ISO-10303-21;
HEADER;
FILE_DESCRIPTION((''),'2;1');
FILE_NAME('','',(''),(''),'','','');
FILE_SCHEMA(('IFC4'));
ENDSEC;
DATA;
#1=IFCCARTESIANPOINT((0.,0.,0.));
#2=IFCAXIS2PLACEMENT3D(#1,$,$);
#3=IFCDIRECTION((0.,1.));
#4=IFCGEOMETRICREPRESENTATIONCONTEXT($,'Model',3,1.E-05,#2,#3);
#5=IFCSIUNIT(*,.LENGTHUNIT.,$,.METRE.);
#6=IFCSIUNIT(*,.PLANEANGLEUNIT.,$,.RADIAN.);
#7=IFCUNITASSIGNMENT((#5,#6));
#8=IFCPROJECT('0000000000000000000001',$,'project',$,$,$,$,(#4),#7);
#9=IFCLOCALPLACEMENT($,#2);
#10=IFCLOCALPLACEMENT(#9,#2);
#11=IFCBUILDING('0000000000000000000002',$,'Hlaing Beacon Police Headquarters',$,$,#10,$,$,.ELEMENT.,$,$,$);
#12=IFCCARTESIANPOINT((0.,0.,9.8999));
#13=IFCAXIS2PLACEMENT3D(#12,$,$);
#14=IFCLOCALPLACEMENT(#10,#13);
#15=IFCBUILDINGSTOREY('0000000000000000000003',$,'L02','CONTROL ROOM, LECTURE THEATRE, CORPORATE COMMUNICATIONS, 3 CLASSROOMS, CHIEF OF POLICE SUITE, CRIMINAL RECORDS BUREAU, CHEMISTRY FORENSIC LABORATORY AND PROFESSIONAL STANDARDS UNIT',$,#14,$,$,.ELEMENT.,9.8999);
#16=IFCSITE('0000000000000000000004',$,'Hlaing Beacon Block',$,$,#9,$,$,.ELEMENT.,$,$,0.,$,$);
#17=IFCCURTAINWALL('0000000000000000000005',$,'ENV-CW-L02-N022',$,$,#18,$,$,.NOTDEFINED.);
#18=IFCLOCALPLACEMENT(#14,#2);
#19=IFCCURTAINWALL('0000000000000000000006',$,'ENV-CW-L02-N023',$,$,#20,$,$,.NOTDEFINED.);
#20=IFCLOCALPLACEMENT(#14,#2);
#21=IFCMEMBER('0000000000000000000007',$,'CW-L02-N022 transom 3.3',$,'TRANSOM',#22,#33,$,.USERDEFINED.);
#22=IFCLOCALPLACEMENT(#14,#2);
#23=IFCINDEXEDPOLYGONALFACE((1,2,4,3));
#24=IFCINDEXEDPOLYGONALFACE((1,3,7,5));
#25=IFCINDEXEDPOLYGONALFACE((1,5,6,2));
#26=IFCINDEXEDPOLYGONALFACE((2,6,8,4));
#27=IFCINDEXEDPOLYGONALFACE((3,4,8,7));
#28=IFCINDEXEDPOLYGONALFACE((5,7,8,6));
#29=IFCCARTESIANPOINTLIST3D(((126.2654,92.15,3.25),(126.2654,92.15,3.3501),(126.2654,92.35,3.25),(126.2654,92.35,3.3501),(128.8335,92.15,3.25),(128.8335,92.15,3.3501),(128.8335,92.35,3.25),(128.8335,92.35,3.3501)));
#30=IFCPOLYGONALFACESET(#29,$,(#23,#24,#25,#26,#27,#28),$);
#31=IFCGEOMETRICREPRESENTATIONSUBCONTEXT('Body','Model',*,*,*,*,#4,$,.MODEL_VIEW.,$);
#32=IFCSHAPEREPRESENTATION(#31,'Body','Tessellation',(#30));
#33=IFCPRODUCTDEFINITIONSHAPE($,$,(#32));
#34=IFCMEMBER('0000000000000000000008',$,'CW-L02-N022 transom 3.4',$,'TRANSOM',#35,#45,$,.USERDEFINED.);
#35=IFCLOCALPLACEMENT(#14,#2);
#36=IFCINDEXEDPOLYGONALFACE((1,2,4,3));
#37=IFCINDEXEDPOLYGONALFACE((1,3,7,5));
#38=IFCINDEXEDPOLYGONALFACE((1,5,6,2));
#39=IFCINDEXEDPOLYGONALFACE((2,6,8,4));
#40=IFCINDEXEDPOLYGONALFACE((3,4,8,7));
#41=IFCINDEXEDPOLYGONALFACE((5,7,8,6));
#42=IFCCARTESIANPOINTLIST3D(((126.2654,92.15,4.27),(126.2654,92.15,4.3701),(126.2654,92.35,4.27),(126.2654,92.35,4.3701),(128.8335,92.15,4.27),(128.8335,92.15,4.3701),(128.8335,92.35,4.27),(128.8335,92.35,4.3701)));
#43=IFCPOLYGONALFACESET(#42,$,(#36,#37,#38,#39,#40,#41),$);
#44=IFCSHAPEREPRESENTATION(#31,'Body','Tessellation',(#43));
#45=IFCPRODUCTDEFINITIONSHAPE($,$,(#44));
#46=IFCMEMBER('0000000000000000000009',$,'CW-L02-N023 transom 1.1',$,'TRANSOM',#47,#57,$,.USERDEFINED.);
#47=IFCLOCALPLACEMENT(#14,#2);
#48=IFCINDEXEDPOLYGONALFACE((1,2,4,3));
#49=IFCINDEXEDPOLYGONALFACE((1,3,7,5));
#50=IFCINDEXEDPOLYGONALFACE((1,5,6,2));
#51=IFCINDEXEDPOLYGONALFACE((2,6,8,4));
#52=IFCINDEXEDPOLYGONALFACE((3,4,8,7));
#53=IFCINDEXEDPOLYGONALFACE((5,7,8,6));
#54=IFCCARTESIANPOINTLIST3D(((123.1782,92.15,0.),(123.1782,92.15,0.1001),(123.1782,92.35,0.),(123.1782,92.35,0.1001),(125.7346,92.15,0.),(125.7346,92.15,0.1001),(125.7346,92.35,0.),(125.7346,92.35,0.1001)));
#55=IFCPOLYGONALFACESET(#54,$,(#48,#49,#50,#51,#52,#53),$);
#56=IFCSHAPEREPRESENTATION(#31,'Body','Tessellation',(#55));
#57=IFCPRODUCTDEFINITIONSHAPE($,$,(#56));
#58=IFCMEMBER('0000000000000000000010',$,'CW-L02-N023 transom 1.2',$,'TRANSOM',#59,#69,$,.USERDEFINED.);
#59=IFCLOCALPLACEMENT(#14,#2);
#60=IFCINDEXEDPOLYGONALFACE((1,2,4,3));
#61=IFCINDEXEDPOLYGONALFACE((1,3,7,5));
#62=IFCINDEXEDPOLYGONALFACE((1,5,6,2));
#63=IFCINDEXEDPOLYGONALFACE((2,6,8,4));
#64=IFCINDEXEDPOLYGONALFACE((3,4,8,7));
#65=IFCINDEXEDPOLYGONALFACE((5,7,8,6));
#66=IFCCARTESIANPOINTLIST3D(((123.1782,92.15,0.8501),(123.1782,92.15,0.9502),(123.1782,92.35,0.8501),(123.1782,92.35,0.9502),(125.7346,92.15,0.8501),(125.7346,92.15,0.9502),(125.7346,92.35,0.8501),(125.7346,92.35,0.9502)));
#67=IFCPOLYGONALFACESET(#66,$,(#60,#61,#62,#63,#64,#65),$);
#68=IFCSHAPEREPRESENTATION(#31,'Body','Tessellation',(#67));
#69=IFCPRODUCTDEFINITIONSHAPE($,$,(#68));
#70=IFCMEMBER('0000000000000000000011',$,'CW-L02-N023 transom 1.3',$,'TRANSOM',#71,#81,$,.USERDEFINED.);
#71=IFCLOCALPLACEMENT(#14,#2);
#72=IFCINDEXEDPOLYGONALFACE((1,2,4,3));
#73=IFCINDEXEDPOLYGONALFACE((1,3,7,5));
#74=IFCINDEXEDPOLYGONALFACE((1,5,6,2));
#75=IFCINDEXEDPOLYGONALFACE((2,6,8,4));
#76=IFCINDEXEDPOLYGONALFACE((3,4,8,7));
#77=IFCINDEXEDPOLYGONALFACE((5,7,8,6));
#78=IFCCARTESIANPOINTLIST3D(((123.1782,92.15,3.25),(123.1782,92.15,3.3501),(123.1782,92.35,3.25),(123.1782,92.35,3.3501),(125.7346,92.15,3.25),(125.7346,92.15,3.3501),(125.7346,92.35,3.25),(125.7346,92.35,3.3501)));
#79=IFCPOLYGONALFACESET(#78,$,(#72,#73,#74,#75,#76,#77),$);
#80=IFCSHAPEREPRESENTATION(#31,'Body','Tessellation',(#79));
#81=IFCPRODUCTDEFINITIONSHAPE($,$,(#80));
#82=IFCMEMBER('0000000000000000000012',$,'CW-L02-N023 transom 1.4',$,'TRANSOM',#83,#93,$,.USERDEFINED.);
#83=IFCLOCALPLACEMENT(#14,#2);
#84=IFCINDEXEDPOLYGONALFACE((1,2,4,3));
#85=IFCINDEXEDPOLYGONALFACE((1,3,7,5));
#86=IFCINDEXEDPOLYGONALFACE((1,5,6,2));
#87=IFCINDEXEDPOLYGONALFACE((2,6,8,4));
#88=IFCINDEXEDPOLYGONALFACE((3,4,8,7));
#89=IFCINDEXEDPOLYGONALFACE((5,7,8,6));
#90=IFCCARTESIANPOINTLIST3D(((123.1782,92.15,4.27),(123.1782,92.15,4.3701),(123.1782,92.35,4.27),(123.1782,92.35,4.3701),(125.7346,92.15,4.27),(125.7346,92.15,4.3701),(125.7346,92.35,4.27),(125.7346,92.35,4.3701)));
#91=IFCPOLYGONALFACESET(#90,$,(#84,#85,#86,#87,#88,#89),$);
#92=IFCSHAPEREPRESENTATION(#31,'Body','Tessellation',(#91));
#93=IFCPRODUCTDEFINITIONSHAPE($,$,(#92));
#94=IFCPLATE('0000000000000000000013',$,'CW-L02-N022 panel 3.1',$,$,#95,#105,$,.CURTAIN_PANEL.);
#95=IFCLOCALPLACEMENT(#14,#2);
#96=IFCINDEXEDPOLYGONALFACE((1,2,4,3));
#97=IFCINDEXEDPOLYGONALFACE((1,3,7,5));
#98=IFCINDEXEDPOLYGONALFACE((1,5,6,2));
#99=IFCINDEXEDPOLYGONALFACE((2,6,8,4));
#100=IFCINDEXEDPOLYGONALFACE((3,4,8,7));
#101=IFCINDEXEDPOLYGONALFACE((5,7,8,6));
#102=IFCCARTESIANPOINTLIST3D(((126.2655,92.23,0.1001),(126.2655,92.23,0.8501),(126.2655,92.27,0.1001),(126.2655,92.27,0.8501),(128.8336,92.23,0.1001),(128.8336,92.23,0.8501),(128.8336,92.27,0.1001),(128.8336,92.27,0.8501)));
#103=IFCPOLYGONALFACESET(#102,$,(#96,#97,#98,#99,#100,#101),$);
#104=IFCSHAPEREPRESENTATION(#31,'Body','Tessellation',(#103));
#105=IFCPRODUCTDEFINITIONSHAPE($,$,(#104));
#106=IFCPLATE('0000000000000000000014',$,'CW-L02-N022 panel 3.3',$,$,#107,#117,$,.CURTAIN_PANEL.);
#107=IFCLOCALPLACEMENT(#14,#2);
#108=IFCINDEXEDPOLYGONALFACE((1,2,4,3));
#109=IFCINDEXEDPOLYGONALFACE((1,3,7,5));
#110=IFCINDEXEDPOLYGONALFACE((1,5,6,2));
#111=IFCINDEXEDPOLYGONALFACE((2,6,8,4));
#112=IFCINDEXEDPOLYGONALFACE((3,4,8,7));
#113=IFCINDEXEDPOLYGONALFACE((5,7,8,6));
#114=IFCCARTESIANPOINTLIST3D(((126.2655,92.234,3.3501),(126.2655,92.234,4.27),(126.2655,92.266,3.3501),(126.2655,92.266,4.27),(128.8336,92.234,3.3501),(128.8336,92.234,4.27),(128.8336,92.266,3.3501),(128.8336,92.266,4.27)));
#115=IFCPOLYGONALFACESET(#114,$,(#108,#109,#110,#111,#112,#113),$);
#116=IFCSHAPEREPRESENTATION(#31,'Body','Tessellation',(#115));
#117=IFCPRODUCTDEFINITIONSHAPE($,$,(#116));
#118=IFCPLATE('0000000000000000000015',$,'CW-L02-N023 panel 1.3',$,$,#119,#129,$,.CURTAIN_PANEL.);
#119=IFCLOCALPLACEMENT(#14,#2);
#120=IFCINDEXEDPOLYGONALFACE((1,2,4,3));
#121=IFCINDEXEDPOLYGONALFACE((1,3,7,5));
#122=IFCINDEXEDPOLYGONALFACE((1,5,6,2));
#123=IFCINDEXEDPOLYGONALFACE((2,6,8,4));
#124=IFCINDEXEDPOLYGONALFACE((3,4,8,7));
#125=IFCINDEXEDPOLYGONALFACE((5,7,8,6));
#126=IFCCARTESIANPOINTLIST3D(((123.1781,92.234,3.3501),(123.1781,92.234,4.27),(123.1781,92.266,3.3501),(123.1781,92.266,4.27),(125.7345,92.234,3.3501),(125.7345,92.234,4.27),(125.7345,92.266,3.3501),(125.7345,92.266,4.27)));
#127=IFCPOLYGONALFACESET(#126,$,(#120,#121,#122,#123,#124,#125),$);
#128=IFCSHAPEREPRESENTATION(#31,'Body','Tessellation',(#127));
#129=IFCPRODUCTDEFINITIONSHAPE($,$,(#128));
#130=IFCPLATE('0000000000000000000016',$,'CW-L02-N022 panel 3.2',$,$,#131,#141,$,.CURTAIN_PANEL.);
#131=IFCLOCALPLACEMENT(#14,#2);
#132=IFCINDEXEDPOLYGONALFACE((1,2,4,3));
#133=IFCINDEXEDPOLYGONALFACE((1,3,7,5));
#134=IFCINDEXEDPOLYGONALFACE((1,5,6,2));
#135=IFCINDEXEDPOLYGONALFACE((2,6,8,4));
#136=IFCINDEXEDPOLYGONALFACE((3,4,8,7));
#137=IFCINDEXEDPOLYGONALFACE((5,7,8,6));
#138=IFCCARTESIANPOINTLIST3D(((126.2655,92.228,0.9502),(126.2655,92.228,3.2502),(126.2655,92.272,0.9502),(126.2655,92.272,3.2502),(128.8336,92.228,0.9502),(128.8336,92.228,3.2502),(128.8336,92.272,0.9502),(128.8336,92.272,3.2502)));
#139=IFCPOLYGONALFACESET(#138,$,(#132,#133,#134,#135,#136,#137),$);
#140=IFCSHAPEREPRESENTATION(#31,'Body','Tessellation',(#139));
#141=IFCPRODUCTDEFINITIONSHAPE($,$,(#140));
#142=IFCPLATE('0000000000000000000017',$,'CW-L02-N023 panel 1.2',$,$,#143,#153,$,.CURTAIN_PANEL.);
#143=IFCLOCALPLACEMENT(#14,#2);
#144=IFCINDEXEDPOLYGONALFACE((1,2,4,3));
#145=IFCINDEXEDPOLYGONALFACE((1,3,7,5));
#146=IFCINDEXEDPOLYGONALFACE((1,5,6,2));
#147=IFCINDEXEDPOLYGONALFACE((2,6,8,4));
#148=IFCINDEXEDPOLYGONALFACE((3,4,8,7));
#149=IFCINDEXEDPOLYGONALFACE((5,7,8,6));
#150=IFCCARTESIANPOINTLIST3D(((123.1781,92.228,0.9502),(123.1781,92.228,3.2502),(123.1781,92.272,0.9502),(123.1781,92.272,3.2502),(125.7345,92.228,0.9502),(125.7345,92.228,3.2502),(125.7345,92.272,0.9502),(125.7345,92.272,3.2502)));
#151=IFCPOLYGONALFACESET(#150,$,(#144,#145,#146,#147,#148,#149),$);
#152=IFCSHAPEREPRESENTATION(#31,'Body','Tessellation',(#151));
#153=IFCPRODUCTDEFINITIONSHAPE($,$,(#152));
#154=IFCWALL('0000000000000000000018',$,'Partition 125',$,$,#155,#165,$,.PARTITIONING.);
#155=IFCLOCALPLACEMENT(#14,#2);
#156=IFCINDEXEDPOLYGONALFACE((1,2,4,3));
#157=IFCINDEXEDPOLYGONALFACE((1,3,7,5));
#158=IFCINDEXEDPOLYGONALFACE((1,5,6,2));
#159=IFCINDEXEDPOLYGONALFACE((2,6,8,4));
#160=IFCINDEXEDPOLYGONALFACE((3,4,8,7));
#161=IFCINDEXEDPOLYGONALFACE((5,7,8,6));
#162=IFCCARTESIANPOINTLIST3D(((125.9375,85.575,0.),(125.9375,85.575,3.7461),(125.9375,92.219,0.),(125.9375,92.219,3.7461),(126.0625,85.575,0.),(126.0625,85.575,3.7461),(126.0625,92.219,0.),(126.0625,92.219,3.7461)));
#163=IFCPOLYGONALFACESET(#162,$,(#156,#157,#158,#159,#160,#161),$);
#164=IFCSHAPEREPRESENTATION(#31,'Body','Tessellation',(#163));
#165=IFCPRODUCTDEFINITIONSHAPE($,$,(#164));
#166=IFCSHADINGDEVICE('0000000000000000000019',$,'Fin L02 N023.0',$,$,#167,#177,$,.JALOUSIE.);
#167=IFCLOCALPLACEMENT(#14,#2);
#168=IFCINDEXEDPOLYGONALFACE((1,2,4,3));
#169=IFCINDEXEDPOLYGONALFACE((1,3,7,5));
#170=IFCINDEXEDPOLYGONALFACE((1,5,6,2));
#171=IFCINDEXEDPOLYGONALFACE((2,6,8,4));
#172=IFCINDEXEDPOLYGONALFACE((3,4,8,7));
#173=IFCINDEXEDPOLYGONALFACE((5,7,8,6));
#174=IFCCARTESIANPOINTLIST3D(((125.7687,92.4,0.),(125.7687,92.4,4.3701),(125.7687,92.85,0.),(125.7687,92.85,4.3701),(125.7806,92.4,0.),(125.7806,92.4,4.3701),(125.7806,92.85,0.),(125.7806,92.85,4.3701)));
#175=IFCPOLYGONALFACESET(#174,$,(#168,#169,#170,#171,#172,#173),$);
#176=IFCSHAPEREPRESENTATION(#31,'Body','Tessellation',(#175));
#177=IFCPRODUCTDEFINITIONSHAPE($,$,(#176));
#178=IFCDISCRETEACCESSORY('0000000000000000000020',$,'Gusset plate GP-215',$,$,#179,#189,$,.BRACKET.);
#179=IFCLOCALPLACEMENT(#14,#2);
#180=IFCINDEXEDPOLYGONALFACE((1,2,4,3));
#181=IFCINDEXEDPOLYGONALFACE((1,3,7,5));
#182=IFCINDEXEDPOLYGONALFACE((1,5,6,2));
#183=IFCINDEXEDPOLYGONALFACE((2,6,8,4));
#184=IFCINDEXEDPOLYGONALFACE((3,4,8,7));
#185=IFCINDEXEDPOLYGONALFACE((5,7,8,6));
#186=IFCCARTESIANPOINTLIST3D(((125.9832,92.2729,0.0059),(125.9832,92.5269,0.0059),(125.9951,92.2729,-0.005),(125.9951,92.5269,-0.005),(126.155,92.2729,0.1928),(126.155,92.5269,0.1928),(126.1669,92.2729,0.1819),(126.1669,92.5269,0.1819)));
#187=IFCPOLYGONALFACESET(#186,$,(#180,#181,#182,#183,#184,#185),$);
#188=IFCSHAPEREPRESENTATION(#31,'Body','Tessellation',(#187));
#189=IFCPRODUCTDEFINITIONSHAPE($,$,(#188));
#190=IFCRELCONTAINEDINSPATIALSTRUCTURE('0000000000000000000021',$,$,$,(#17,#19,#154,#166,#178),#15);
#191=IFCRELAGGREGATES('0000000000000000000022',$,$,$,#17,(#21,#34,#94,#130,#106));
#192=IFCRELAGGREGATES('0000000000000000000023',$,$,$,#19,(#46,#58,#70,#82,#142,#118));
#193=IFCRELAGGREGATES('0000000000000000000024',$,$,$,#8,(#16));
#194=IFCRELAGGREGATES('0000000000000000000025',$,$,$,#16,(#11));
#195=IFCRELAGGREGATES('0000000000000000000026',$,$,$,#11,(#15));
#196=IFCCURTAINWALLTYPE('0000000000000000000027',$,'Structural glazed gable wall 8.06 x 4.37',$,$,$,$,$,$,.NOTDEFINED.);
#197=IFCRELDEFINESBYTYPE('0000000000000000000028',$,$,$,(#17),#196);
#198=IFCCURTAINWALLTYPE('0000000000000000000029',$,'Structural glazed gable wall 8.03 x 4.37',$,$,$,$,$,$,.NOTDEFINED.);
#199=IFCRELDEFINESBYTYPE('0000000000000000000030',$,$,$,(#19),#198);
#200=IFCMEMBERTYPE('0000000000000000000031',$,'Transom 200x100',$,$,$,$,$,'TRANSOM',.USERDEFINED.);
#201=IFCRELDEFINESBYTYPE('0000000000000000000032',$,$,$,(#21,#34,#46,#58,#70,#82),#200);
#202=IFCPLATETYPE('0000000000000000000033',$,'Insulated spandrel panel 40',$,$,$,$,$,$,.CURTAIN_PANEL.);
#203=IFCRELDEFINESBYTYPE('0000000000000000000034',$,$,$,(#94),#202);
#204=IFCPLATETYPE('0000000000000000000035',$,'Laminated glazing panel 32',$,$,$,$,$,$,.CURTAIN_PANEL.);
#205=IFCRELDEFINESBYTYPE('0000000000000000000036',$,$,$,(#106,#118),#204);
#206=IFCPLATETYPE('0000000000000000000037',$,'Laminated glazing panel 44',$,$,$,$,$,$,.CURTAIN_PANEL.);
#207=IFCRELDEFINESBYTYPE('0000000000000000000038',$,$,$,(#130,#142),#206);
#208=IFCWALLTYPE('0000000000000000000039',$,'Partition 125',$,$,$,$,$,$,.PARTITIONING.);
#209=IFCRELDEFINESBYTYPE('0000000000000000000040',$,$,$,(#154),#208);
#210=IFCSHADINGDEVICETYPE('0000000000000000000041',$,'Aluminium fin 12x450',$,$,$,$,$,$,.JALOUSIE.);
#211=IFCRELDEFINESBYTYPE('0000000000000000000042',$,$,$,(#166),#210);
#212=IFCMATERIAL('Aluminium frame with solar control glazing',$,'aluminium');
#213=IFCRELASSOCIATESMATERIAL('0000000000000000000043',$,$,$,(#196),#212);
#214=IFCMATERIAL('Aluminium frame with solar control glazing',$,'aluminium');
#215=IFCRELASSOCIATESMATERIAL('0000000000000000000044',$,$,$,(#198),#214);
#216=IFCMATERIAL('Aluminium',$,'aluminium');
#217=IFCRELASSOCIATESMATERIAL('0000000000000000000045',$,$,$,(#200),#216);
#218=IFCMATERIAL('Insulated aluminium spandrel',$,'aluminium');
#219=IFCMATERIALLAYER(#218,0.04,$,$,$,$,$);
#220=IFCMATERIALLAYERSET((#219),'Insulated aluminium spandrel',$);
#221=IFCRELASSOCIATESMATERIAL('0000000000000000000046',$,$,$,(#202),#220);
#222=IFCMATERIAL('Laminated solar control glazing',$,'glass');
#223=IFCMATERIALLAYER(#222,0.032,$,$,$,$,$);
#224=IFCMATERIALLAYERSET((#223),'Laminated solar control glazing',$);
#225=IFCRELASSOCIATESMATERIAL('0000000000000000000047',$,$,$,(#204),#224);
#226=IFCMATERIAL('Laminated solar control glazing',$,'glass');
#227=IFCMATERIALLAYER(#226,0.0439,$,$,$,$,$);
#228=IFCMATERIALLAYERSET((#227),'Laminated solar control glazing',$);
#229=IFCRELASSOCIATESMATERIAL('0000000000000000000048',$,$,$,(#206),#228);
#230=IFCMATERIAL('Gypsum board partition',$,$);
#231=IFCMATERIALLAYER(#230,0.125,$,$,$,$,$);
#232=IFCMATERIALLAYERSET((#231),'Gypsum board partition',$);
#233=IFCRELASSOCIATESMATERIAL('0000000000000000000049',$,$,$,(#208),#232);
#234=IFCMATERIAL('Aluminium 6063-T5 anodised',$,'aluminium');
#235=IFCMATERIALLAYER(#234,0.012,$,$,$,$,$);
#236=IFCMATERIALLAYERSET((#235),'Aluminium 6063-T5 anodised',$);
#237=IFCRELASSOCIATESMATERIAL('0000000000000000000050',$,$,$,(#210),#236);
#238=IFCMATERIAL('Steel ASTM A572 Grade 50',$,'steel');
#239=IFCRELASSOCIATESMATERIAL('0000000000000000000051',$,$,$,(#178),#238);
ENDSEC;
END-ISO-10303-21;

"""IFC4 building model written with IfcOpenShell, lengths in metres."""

from ifc_helpers import new_model, si_unit, direction, frame, frame_2d, origin, origin_2d, place, context, subcontext, project, spatial, rectangle, extrude, material, layer, layer_set, material_profile, profile_set, type_object, element, aggregate, save


model = new_model("IFC4")

# Units and contexts
model_context = context("Model", 3, precision=1e-05, world=origin(), true_north=direction((0.0, 1.0)))
body_context = subcontext(model_context, "Body", "Model", "MODEL_VIEW")
ifc_project = project(units=[si_unit("LENGTHUNIT", "METRE"), si_unit("PLANEANGLEUNIT", "RADIAN")], contexts=[model_context])

# Site, building, storey
site_placement = place(None, origin())
site = spatial("IfcSite", under=ifc_project, at=site_placement, Name="Hlaing Beacon Block", CompositionType="ELEMENT", RefElevation=0.0)
building_placement = place(site_placement, origin())
building = spatial("IfcBuilding", under=site, at=building_placement, Name="Hlaing Beacon Police Headquarters", CompositionType="ELEMENT")
storey_placement = place(building_placement, frame((0.0, 0.0, 9.8999)))
storey = spatial("IfcBuildingStorey", under=building, at=storey_placement, Name="L02", Description="CONTROL ROOM, LECTURE THEATRE, CORPORATE COMMUNICATIONS, 3 CLASSROOMS, CHIEF OF POLICE SUITE, CRIMINAL RECORDS BUREAU, CHEMISTRY FORENSIC LABORATORY AND PROFESSIONAL STANDARDS UNIT", CompositionType="ELEMENT", Elevation=9.8999)

# Curtain wall
ifc_material_1 = material(Name="Aluminium frame with solar control glazing", Category="aluminium")
curtain_wall_type_1 = type_object("IfcCurtainWallType", Name="Structural glazed gable wall 8.06 x 4.37", PredefinedType="NOTDEFINED", material=ifc_material_1)
curtain_wall_1_placement = place(storey_placement, origin())
curtain_wall_1 = element("IfcCurtainWall", 1, at=curtain_wall_1_placement, inside=storey, type_object=curtain_wall_type_1, Name="ENV-CW-L02-N022", PredefinedType="NOTDEFINED")

# Curtain wall
ifc_material_2 = material(Name="Aluminium frame with solar control glazing", Category="aluminium")
curtain_wall_type_2 = type_object("IfcCurtainWallType", Name="Structural glazed gable wall 8.03 x 4.37", PredefinedType="NOTDEFINED", material=ifc_material_2)
curtain_wall_2_placement = place(storey_placement, origin())
curtain_wall_2 = element("IfcCurtainWall", 2, at=curtain_wall_2_placement, inside=storey, type_object=curtain_wall_type_2, Name="ENV-CW-L02-N023", PredefinedType="NOTDEFINED")

# Members
ifc_material_3 = material(Name="Aluminium", Category="aluminium")
ifc_material_profile_1 = material_profile(ifc_material_3, rectangle(XDim=0.2, YDim=0.1001, at=origin_2d()), Name="Transom 200x100")
ifc_profile_set_1 = profile_set([ifc_material_profile_1], Name="Aluminium")
member_type_1 = type_object("IfcMemberType", Name="Transom 200x100", ElementType="TRANSOM", PredefinedType="USERDEFINED", material=ifc_profile_set_1)
member_1_placement = place(storey_placement, frame((128.8335, 92.25, 3.3), z_axis=(-1.0, 0.0, 0.0), x_axis=(0.0, -1.0, 0.0)))
member_1 = element("IfcMember", 3, at=member_1_placement, type_object=member_type_1, Name="CW-L02-N022 transom 3.3", ObjectType="TRANSOM", PredefinedType="USERDEFINED", context=body_context, shape_type="SweptSolid", body=[
    extrude(rectangle(XDim=0.2, YDim=0.1001, at=origin_2d()), origin(), (0.0, 0.0, 1.0), 2.5681),
])
member_2_placement = place(storey_placement, frame((128.8335, 92.25, 4.3201), z_axis=(-1.0, 0.0, 0.0), x_axis=(0.0, -1.0, 0.0)))
member_2 = element("IfcMember", 4, at=member_2_placement, type_object=member_type_1, Name="CW-L02-N022 transom 3.4", ObjectType="TRANSOM", PredefinedType="USERDEFINED", context=body_context, shape_type="SweptSolid", body=[
    extrude(rectangle(XDim=0.2, YDim=0.1001, at=origin_2d()), origin(), (0.0, 0.0, 1.0), 2.5681),
])
member_3_placement = place(storey_placement, frame((125.7346, 92.25, 0.05), z_axis=(-1.0, 0.0, 0.0), x_axis=(0.0, -1.0, 0.0)))
member_3 = element("IfcMember", 5, at=member_3_placement, type_object=member_type_1, Name="CW-L02-N023 transom 1.1", ObjectType="TRANSOM", PredefinedType="USERDEFINED", context=body_context, shape_type="SweptSolid", body=[
    extrude(rectangle(XDim=0.2, YDim=0.1001, at=origin_2d()), origin(), (0.0, 0.0, 1.0), 2.5564),
])
member_4_placement = place(storey_placement, frame((125.7346, 92.25, 0.9001), z_axis=(-1.0, 0.0, 0.0), x_axis=(0.0, -1.0, 0.0)))
member_4 = element("IfcMember", 6, at=member_4_placement, type_object=member_type_1, Name="CW-L02-N023 transom 1.2", ObjectType="TRANSOM", PredefinedType="USERDEFINED", context=body_context, shape_type="SweptSolid", body=[
    extrude(rectangle(XDim=0.2, YDim=0.1001, at=origin_2d()), origin(), (0.0, 0.0, 1.0), 2.5564),
])
member_5_placement = place(storey_placement, frame((125.7346, 92.25, 3.3), z_axis=(-1.0, 0.0, 0.0), x_axis=(0.0, -1.0, 0.0)))
member_5 = element("IfcMember", 7, at=member_5_placement, type_object=member_type_1, Name="CW-L02-N023 transom 1.3", ObjectType="TRANSOM", PredefinedType="USERDEFINED", context=body_context, shape_type="SweptSolid", body=[
    extrude(rectangle(XDim=0.2, YDim=0.1001, at=origin_2d()), origin(), (0.0, 0.0, 1.0), 2.5564),
])
member_6_placement = place(storey_placement, frame((125.7346, 92.25, 4.3201), z_axis=(-1.0, 0.0, 0.0), x_axis=(0.0, -1.0, 0.0)))
member_6 = element("IfcMember", 8, at=member_6_placement, type_object=member_type_1, Name="CW-L02-N023 transom 1.4", ObjectType="TRANSOM", PredefinedType="USERDEFINED", context=body_context, shape_type="SweptSolid", body=[
    extrude(rectangle(XDim=0.2, YDim=0.1001, at=origin_2d()), origin(), (0.0, 0.0, 1.0), 2.5564),
])

# Plates
ifc_material_4 = material(Name="Insulated aluminium spandrel", Category="aluminium")
ifc_layer_1 = layer(ifc_material_4, 0.04)
ifc_layer_set_1 = layer_set([ifc_layer_1], Name="Insulated aluminium spandrel")
plate_type_1 = type_object("IfcPlateType", Name="Insulated spandrel panel 40", PredefinedType="CURTAIN_PANEL", material=ifc_layer_set_1)
plate_1_placement = place(storey_placement, frame((127.5496, 92.25, 0.1001), z_axis=(0.0, 0.0, 1.0), x_axis=(-1.0, 0.0, 0.0)))
plate_1 = element("IfcPlate", 9, at=plate_1_placement, type_object=plate_type_1, Name="CW-L02-N022 panel 3.1", PredefinedType="CURTAIN_PANEL", context=body_context, shape_type="SweptSolid", body=[
    extrude(rectangle(XDim=2.5681, YDim=0.04, at=origin_2d()), origin(), (0.0, 0.0, 1.0), 0.75),
])
ifc_material_5 = material(Name="Laminated solar control glazing", Category="glass")
ifc_layer_2 = layer(ifc_material_5, 0.032)
ifc_layer_set_2 = layer_set([ifc_layer_2], Name="Laminated solar control glazing")
plate_type_2 = type_object("IfcPlateType", Name="Laminated glazing panel 32", PredefinedType="CURTAIN_PANEL", material=ifc_layer_set_2)
plate_2_placement = place(storey_placement, frame((127.5496, 92.25, 3.3501), z_axis=(0.0, 0.0, 1.0), x_axis=(-1.0, 0.0, 0.0)))
plate_2 = element("IfcPlate", 10, at=plate_2_placement, type_object=plate_type_2, Name="CW-L02-N022 panel 3.3", PredefinedType="CURTAIN_PANEL", context=body_context, shape_type="SweptSolid", body=[
    extrude(rectangle(XDim=2.5681, YDim=0.032, at=origin_2d()), origin(), (0.0, 0.0, 1.0), 0.9199),
])
plate_3_placement = place(storey_placement, frame((124.4563, 92.25, 3.3501), z_axis=(0.0, 0.0, 1.0), x_axis=(-1.0, 0.0, 0.0)))
plate_3 = element("IfcPlate", 11, at=plate_3_placement, type_object=plate_type_2, Name="CW-L02-N023 panel 1.3", PredefinedType="CURTAIN_PANEL", context=body_context, shape_type="SweptSolid", body=[
    extrude(rectangle(XDim=2.5564, YDim=0.032, at=origin_2d()), origin(), (0.0, 0.0, 1.0), 0.9199),
])
ifc_material_6 = material(Name="Laminated solar control glazing", Category="glass")
ifc_layer_3 = layer(ifc_material_6, 0.0439)
ifc_layer_set_3 = layer_set([ifc_layer_3], Name="Laminated solar control glazing")
plate_type_3 = type_object("IfcPlateType", Name="Laminated glazing panel 44", PredefinedType="CURTAIN_PANEL", material=ifc_layer_set_3)
plate_4_placement = place(storey_placement, frame((127.5496, 92.25, 0.9502), z_axis=(0.0, 0.0, 1.0), x_axis=(-1.0, 0.0, 0.0)))
plate_4 = element("IfcPlate", 12, at=plate_4_placement, type_object=plate_type_3, Name="CW-L02-N022 panel 3.2", PredefinedType="CURTAIN_PANEL", context=body_context, shape_type="SweptSolid", body=[
    extrude(rectangle(XDim=2.5681, YDim=0.0439, at=origin_2d()), origin(), (0.0, 0.0, 1.0), 2.3),
])
aggregate(curtain_wall_1, [member_1, member_2, plate_1, plate_4, plate_2])
plate_5_placement = place(storey_placement, frame((124.4563, 92.25, 0.9502), z_axis=(0.0, 0.0, 1.0), x_axis=(-1.0, 0.0, 0.0)))
plate_5 = element("IfcPlate", 13, at=plate_5_placement, type_object=plate_type_3, Name="CW-L02-N023 panel 1.2", PredefinedType="CURTAIN_PANEL", context=body_context, shape_type="SweptSolid", body=[
    extrude(rectangle(XDim=2.5564, YDim=0.0439, at=origin_2d()), origin(), (0.0, 0.0, 1.0), 2.3),
])
aggregate(curtain_wall_2, [member_3, member_4, member_5, member_6, plate_5, plate_3])

# Wall
ifc_material_7 = material(Name="Gypsum board partition")
ifc_layer_4 = layer(ifc_material_7, 0.125)
ifc_layer_set_4 = layer_set([ifc_layer_4], Name="Gypsum board partition")
wall_type = type_object("IfcWallType", Name="Partition 125", PredefinedType="PARTITIONING", material=ifc_layer_set_4)
wall_placement = place(storey_placement, frame((126.0, 85.575, 0.0), z_axis=(0.0, 0.0, 1.0), x_axis=(0.0, 1.0, 0.0)))
element("IfcWall", 14, at=wall_placement, inside=storey, type_object=wall_type, Name="Partition 125", PredefinedType="PARTITIONING", context=body_context, shape_type="SweptSolid", body=[
    extrude(rectangle(XDim=6.644, YDim=0.125, at=frame_2d((3.322, 0.0))), origin(), (0.0, 0.0, 1.0), 3.7461),
])

# Shading device
ifc_material_8 = material(Name="Aluminium 6063-T5 anodised", Category="aluminium")
ifc_layer_5 = layer(ifc_material_8, 0.012)
ifc_layer_set_5 = layer_set([ifc_layer_5], Name="Aluminium 6063-T5 anodised")
shading_device_type = type_object("IfcShadingDeviceType", Name="Aluminium fin 12x450", PredefinedType="JALOUSIE", material=ifc_layer_set_5)
shading_device_placement = place(storey_placement, frame((125.7747, 92.625, 0.0), z_axis=(0.0, 0.0, 1.0), x_axis=(-1.0, 0.0, 0.0)))
element("IfcShadingDevice", 15, at=shading_device_placement, inside=storey, type_object=shading_device_type, Name="Fin L02 N023.0", PredefinedType="JALOUSIE", context=body_context, shape_type="SweptSolid", body=[
    extrude(rectangle(XDim=0.012, YDim=0.45, at=origin_2d()), origin(), (0.0, 0.0, 1.0), 4.3701),
])

# Discrete accessory
ifc_material_9 = material(Name="Steel ASTM A572 Grade 50", Category="steel")
discrete_accessory_placement = place(storey_placement, frame((126.0691, 92.3999, 0.0994), z_axis=(0.736364, 0.0, -0.676585), x_axis=(0.0, 1.0, 0.0)))
element("IfcDiscreteAccessory", 16, at=discrete_accessory_placement, inside=storey, material=ifc_material_9, Name="Gusset plate GP-215", PredefinedType="BRACKET", context=body_context, shape_type="SweptSolid", body=[
    extrude(rectangle(XDim=0.2539, YDim=0.2539, at=origin_2d()), origin(), (0.0, 0.0, 1.0), 0.0161),
])

save(model, "model.ifc")
